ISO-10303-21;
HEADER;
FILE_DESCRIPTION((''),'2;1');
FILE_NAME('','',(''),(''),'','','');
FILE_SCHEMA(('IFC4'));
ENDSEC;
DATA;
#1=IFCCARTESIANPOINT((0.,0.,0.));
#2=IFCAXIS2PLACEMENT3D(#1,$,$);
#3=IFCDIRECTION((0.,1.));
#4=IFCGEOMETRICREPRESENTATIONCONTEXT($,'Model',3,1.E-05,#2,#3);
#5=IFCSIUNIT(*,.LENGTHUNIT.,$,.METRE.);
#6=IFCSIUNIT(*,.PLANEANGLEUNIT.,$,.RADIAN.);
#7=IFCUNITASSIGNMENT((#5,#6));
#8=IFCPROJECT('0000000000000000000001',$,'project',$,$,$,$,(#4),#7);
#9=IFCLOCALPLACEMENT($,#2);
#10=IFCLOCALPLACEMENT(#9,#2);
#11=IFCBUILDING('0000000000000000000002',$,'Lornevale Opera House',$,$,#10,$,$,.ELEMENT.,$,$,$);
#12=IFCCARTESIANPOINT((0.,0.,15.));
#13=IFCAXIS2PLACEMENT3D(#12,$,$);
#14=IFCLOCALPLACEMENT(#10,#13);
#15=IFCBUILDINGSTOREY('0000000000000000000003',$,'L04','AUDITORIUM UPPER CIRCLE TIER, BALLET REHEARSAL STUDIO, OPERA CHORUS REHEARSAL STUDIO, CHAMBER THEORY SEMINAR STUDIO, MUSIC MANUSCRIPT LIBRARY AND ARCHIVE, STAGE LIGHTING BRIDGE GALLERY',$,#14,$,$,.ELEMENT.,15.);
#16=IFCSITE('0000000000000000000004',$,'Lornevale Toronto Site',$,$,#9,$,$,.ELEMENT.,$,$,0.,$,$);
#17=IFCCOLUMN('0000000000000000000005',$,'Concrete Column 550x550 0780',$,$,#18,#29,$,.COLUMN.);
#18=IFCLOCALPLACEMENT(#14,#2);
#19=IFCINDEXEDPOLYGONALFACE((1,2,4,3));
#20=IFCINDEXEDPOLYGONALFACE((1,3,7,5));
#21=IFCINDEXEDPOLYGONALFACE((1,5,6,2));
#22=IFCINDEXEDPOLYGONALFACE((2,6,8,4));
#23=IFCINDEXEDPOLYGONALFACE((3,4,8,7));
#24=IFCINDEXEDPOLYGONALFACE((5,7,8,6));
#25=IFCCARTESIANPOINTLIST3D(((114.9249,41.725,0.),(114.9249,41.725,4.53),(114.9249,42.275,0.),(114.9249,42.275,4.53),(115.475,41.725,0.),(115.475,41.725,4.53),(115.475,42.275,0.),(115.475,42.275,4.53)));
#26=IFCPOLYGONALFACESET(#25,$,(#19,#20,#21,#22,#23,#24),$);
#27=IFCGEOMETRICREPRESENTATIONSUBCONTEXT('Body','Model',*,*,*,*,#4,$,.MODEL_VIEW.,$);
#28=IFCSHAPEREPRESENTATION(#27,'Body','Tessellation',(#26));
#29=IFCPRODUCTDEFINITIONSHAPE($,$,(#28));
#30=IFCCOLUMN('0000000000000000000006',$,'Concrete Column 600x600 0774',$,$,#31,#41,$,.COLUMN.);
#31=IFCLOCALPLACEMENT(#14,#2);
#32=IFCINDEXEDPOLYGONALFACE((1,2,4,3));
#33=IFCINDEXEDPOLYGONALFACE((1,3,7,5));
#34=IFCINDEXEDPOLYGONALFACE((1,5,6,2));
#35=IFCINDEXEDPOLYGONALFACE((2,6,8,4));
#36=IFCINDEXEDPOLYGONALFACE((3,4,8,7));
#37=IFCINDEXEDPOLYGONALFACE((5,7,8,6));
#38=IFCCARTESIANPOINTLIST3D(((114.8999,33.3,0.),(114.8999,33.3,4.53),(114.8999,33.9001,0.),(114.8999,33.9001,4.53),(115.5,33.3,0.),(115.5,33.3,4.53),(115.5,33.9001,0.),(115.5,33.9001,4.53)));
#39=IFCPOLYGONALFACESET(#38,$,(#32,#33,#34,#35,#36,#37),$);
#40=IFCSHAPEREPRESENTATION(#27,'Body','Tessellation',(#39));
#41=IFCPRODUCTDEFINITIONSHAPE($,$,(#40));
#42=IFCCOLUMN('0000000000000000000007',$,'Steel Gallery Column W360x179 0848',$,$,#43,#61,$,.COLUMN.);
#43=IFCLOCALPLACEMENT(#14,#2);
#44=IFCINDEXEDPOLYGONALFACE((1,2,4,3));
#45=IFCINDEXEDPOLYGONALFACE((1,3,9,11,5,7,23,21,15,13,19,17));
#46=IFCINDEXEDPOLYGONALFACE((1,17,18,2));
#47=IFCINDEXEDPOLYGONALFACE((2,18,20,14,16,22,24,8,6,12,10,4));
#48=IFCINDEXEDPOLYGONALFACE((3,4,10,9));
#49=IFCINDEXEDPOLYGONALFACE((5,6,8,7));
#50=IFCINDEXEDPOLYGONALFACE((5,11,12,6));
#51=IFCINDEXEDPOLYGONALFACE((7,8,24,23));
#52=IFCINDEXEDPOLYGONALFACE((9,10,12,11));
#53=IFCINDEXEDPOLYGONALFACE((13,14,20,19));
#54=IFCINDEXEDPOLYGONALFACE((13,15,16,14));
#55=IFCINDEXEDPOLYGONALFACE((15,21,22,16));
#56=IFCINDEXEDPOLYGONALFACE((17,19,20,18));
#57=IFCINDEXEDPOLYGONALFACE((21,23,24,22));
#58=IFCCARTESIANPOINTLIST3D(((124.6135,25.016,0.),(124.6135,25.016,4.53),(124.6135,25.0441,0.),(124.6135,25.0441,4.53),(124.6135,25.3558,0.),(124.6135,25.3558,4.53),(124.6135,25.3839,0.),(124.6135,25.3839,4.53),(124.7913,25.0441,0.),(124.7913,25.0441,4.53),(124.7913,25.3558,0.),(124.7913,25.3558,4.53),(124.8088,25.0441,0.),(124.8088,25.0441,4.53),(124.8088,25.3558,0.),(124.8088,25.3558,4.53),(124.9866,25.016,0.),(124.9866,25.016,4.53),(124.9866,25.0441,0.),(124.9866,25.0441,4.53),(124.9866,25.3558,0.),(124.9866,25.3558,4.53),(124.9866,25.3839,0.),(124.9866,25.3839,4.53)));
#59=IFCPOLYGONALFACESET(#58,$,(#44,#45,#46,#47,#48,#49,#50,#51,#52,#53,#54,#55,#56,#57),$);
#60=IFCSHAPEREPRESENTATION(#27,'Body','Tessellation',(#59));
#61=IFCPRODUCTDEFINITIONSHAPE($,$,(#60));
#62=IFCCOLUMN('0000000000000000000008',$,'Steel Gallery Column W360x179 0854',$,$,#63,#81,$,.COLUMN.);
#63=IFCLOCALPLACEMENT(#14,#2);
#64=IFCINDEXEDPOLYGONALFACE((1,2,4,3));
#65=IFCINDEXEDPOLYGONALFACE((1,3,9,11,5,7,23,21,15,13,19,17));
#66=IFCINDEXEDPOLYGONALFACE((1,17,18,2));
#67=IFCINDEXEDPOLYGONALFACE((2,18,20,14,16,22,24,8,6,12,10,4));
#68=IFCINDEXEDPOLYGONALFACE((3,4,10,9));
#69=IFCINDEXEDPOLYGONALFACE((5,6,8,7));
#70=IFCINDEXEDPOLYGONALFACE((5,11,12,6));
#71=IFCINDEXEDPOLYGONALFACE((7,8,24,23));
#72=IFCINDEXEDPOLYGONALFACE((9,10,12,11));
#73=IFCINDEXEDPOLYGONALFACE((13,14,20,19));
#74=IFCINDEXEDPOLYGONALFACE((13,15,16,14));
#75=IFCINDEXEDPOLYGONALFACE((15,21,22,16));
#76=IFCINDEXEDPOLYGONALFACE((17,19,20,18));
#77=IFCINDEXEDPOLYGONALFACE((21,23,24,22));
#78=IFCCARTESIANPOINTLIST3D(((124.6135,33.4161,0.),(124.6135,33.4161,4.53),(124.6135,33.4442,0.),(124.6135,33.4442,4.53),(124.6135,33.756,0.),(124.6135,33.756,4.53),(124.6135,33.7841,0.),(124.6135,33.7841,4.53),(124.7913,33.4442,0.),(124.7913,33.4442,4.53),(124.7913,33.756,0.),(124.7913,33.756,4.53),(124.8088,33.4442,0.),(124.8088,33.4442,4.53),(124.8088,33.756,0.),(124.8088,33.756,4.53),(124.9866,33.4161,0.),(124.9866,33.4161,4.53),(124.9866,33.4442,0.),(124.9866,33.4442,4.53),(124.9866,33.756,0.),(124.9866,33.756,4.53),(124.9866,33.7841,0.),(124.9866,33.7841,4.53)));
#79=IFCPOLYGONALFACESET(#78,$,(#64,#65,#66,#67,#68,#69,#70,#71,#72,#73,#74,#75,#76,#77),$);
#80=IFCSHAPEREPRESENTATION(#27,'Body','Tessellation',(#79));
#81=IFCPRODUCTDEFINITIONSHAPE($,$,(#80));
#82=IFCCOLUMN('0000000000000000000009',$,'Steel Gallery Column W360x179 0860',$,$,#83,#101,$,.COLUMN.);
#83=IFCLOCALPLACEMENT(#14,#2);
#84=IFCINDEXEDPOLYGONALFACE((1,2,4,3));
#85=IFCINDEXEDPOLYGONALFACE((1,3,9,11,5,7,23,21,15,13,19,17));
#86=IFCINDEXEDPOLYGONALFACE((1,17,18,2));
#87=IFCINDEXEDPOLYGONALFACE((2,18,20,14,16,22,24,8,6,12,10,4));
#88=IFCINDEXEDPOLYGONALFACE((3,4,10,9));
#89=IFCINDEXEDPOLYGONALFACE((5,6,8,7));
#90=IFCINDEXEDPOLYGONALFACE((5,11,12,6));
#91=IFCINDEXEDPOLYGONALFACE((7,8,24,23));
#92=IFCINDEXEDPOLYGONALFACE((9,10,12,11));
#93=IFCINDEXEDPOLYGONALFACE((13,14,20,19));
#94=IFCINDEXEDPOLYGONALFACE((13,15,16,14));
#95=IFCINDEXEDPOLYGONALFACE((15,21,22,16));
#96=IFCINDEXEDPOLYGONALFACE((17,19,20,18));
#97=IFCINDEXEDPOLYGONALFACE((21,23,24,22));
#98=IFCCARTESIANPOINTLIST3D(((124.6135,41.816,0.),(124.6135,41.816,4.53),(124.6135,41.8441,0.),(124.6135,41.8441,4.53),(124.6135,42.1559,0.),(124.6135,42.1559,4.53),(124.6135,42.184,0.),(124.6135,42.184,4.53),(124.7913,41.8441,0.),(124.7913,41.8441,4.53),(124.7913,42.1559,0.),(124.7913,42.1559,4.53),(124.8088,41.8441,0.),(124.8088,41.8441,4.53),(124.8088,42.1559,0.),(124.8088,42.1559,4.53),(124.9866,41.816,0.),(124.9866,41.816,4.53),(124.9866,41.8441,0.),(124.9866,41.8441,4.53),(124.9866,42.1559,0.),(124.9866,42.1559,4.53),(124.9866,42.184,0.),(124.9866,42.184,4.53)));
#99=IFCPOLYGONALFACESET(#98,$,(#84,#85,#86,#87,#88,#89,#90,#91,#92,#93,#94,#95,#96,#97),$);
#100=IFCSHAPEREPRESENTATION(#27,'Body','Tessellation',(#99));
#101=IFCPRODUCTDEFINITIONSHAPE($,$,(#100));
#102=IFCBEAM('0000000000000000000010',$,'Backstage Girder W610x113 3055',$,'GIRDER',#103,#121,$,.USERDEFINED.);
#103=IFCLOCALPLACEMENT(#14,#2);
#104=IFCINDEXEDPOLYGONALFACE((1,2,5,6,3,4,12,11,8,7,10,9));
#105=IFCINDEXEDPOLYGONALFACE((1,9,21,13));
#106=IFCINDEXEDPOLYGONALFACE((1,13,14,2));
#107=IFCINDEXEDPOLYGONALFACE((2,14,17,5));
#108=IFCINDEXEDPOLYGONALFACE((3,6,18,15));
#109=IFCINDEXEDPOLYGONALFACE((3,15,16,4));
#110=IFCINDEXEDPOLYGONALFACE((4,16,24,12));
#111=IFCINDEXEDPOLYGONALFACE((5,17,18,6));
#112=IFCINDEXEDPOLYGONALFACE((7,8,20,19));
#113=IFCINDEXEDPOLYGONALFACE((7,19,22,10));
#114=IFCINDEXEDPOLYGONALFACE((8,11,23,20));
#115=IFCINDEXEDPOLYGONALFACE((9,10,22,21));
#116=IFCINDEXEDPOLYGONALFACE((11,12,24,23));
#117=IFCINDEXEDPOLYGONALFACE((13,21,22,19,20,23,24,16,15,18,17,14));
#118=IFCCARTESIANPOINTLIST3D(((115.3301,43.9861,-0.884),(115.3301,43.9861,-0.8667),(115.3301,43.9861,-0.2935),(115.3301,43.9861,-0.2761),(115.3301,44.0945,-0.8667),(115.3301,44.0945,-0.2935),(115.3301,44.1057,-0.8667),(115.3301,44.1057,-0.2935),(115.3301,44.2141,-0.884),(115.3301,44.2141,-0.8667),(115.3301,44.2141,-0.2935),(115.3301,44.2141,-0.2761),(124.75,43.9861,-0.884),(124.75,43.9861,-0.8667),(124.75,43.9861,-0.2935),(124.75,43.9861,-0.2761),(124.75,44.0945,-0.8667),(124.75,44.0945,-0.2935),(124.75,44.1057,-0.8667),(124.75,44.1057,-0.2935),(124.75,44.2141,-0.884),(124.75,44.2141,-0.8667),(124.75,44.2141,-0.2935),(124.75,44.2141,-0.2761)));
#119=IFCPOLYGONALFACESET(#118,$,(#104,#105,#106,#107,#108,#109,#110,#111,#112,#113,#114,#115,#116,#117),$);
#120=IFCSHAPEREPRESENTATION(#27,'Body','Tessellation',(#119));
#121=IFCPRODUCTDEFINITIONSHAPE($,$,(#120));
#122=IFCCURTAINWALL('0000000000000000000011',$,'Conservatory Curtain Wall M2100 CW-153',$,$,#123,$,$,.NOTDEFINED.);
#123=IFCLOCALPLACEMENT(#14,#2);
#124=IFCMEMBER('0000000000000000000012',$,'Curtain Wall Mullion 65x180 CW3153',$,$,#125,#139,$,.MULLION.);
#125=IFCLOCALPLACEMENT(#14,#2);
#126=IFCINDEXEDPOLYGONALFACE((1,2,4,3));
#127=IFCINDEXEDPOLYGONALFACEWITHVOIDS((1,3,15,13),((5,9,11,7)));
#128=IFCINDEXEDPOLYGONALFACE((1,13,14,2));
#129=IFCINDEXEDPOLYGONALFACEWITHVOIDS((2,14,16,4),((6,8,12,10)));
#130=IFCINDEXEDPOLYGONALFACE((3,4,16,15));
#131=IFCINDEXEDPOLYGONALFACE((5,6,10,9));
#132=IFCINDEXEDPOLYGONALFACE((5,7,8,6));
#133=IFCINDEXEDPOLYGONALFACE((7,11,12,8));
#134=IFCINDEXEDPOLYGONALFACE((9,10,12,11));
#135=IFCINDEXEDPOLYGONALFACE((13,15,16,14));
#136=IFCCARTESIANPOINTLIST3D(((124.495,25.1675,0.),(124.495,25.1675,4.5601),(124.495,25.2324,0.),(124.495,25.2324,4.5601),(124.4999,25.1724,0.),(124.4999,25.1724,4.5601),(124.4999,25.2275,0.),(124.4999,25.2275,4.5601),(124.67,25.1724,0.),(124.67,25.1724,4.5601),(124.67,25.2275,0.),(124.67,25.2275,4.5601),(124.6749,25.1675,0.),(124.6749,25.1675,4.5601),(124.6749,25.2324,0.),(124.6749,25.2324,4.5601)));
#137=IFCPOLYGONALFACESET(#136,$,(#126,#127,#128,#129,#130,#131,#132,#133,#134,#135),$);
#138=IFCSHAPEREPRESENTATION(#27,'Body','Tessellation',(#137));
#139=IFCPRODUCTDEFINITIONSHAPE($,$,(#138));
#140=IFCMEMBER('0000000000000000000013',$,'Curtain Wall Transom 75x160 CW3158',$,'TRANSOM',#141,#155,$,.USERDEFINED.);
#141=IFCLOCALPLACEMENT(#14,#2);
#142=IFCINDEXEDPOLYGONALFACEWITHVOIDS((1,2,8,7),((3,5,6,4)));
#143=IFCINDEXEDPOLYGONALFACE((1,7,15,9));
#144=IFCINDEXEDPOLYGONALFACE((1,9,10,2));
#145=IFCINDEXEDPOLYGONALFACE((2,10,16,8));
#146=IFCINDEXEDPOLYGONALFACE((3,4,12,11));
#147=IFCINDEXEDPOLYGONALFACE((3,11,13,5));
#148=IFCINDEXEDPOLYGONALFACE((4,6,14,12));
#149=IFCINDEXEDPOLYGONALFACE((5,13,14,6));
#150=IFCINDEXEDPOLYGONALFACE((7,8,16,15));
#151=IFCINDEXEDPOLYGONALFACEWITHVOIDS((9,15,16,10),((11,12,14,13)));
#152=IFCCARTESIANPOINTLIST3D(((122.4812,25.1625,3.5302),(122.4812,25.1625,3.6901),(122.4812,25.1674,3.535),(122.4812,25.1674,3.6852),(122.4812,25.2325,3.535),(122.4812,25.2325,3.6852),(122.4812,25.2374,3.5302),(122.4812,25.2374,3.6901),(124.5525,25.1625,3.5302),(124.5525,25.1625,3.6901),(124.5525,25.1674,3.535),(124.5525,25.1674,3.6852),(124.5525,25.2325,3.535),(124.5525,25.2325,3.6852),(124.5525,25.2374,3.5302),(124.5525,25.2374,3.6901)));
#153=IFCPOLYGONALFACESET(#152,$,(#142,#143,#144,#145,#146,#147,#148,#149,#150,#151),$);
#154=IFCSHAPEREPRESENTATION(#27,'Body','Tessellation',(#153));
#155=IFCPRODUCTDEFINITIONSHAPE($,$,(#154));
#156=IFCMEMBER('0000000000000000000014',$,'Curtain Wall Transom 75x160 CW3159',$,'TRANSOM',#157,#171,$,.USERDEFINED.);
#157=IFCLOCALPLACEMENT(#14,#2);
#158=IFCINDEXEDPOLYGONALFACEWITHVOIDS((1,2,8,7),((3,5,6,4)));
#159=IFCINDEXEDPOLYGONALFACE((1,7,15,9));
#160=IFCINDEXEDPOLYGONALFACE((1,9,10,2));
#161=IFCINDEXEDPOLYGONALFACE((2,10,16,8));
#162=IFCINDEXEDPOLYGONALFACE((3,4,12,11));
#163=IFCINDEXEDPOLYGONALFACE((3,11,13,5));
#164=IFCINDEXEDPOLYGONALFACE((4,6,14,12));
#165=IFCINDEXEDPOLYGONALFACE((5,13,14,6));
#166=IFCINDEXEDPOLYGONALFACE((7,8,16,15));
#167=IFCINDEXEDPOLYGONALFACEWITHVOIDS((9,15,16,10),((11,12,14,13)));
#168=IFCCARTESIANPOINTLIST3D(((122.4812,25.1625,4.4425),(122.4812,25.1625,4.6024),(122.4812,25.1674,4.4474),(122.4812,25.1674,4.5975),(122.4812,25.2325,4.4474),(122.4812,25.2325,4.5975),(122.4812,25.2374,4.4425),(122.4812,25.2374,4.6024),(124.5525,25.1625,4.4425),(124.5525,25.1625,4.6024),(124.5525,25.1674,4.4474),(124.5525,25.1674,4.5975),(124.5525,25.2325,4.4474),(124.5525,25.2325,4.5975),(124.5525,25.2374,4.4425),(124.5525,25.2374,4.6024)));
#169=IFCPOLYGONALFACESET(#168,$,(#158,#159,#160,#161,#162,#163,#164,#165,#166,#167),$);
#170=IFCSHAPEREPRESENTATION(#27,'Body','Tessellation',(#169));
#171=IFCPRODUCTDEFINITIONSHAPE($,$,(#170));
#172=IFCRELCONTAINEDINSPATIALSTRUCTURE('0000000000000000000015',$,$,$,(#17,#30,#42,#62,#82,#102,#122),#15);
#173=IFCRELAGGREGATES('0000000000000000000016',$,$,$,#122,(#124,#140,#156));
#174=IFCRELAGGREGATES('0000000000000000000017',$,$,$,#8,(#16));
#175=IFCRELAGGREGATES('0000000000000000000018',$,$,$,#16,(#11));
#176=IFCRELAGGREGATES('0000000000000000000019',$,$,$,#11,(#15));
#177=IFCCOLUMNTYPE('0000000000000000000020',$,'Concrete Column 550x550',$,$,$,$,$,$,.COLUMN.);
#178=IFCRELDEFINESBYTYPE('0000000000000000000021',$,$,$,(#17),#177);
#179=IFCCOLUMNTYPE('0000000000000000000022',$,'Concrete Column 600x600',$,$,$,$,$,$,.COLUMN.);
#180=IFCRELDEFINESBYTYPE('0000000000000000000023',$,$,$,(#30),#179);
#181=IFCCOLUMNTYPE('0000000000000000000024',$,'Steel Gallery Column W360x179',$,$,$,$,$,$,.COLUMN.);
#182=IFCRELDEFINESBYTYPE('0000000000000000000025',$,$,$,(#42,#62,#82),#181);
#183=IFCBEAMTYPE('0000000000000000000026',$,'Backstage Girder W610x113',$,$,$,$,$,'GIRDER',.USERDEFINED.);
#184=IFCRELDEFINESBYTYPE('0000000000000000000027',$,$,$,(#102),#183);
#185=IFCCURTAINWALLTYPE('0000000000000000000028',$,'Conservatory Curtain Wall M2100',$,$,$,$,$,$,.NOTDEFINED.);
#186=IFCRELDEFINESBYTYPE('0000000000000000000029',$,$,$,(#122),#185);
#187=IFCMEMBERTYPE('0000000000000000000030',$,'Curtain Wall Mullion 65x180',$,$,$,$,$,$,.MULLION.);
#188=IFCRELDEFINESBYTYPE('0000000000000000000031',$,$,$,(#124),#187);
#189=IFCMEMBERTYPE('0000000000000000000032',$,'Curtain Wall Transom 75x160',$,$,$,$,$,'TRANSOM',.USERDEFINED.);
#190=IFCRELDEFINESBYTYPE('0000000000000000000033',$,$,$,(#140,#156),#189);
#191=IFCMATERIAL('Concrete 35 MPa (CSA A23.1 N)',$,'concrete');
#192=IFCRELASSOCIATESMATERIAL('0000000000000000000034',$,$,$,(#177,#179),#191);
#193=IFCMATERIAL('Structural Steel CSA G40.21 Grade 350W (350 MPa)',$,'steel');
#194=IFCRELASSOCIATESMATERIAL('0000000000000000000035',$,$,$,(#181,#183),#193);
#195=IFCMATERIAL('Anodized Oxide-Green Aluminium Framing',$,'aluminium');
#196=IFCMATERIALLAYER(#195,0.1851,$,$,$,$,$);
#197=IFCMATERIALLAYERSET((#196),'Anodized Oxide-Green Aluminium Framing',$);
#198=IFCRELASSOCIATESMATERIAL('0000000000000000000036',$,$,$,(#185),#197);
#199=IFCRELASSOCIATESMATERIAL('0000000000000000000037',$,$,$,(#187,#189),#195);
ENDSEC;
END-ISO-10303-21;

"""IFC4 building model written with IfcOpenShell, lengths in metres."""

from ifc_helpers import new_model, si_unit, direction, frame, origin, origin_2d, place, context, subcontext, project, spatial, rectangle, hollow_rectangle, i_section, extrude, material, layer, layer_set, material_profile, profile_set, type_object, element, aggregate, save


model = new_model("IFC4")

# Units and contexts
model_context = context("Model", 3, precision=1e-05, world=origin(), true_north=direction((0.0, 1.0)))
body_context = subcontext(model_context, "Body", "Model", "MODEL_VIEW")
ifc_project = project(units=[si_unit("LENGTHUNIT", "METRE"), si_unit("PLANEANGLEUNIT", "RADIAN")], contexts=[model_context])

# Site, building, storey
site_placement = place(None, origin())
site = spatial("IfcSite", under=ifc_project, at=site_placement, Name="Lornevale Toronto Site", CompositionType="ELEMENT", RefElevation=0.0)
building_placement = place(site_placement, origin())
building = spatial("IfcBuilding", under=site, at=building_placement, Name="Lornevale Opera House", CompositionType="ELEMENT")
storey_placement = place(building_placement, frame((0.0, 0.0, 15.0)))
storey = spatial("IfcBuildingStorey", under=building, at=storey_placement, Name="L04", Description="AUDITORIUM UPPER CIRCLE TIER, BALLET REHEARSAL STUDIO, OPERA CHORUS REHEARSAL STUDIO, CHAMBER THEORY SEMINAR STUDIO, MUSIC MANUSCRIPT LIBRARY AND ARCHIVE, STAGE LIGHTING BRIDGE GALLERY", CompositionType="ELEMENT", Elevation=15.0)

# Columns
ifc_material_1 = material(Name="Concrete 35 MPa (CSA A23.1 N)", Category="concrete")
ifc_material_profile_1 = material_profile(ifc_material_1, rectangle(XDim=0.55, YDim=0.55, at=origin_2d()), Name="RC550x550")
ifc_profile_set_1 = profile_set([ifc_material_profile_1], Name="Concrete 35 MPa (CSA A23.1 N)")
column_type_1 = type_object("IfcColumnType", Name="Concrete Column 550x550", PredefinedType="COLUMN", material=ifc_profile_set_1)
column_1_placement = place(storey_placement, frame((115.2, 42.0, 0.0), z_axis=(0.0, 0.0, 1.0), x_axis=(1.0, 0.0, 0.0)))
element("IfcColumn", 1, at=column_1_placement, inside=storey, type_object=column_type_1, Name="Concrete Column 550x550 0780", PredefinedType="COLUMN", context=body_context, shape_type="SweptSolid", body=[
    extrude(rectangle(XDim=0.55, YDim=0.55, at=origin_2d()), origin(), (0.0, 0.0, 1.0), 4.53),
])
ifc_material_profile_2 = material_profile(ifc_material_1, rectangle(XDim=0.6001, YDim=0.6001, at=origin_2d()), Name="RC600x600")
ifc_profile_set_2 = profile_set([ifc_material_profile_2], Name="Concrete 35 MPa (CSA A23.1 N)")
column_type_2 = type_object("IfcColumnType", Name="Concrete Column 600x600", PredefinedType="COLUMN", material=ifc_profile_set_2)
column_2_placement = place(storey_placement, frame((115.2, 33.6001, 0.0), z_axis=(0.0, 0.0, 1.0), x_axis=(1.0, 0.0, 0.0)))
element("IfcColumn", 2, at=column_2_placement, inside=storey, type_object=column_type_2, Name="Concrete Column 600x600 0774", PredefinedType="COLUMN", context=body_context, shape_type="SweptSolid", body=[
    extrude(rectangle(XDim=0.6001, YDim=0.6001, at=origin_2d()), origin(), (0.0, 0.0, 1.0), 4.53),
])
ifc_material_2 = material(Name="Structural Steel CSA G40.21 Grade 350W (350 MPa)", Category="steel")
ifc_material_profile_3 = material_profile(ifc_material_2, i_section(OverallWidth=0.373, OverallDepth=0.3679, WebThickness=0.0176, FlangeThickness=0.0281, at=origin_2d()), Name="W360x179")
ifc_profile_set_3 = profile_set([ifc_material_profile_3], Name="Structural Steel CSA G40.21 Grade 350W (350 MPa)")
column_type_3 = type_object("IfcColumnType", Name="Steel Gallery Column W360x179", PredefinedType="COLUMN", material=ifc_profile_set_3)
for number, where, z_axis, x_axis, name in (
    (3, (124.8, 25.2, 0.0), (0.0, 0.0, 1.0), (1.0, 0.0, 0.0), "Steel Gallery Column W360x179 0848"),
    (4, (124.8, 33.6001, 0.0), (0.0, 0.0, 1.0), (1.0, 0.0, 0.0), "Steel Gallery Column W360x179 0854"),
    (5, (124.8, 42.0, 0.0), (0.0, 0.0, 1.0), (1.0, 0.0, 0.0), "Steel Gallery Column W360x179 0860"),
):
    element("IfcColumn", number, at=place(storey_placement, frame(where, z_axis=z_axis, x_axis=x_axis)), inside=storey, type_object=column_type_3, Name=name, PredefinedType="COLUMN", context=body_context, shape_type="SweptSolid", body=[
        extrude(i_section(OverallWidth=0.373, OverallDepth=0.3679, WebThickness=0.0176, FlangeThickness=0.0281, at=origin_2d()), origin(), (0.0, 0.0, 1.0), 4.53),
    ])

# Beam
ifc_material_profile_4 = material_profile(ifc_material_2, i_section(OverallWidth=0.228, OverallDepth=0.6079, WebThickness=0.0112, FlangeThickness=0.0173, at=origin_2d()), Name="W610x113")
ifc_profile_set_4 = profile_set([ifc_material_profile_4], Name="Structural Steel CSA G40.21 Grade 350W (350 MPa)")
beam_type_1 = type_object("IfcBeamType", Name="Backstage Girder W610x113", ElementType="GIRDER", PredefinedType="USERDEFINED", material=ifc_profile_set_4)
beam_1_placement = place(storey_placement, frame((115.3301, 44.1001, -0.5801), z_axis=(1.0, 0.0, 0.0), x_axis=(0.0, 1.0, 0.0)))
element("IfcBeam", 6, at=beam_1_placement, inside=storey, type_object=beam_type_1, Name="Backstage Girder W610x113 3055", ObjectType="GIRDER", PredefinedType="USERDEFINED", context=body_context, shape_type="SweptSolid", body=[
    extrude(i_section(OverallWidth=0.228, OverallDepth=0.6079, WebThickness=0.0112, FlangeThickness=0.0173, at=origin_2d()), origin(), (0.0, 0.0, 1.0), 9.4199),
])

# Curtain wall, members
ifc_material_3 = material(Name="Anodized Oxide-Green Aluminium Framing", Category="aluminium")
ifc_layer_1 = layer(ifc_material_3, 0.1851)
ifc_layer_set_1 = layer_set([ifc_layer_1], Name="Anodized Oxide-Green Aluminium Framing")
curtain_wall_type = type_object("IfcCurtainWallType", Name="Conservatory Curtain Wall M2100", PredefinedType="NOTDEFINED", material=ifc_layer_set_1)
curtain_wall_placement = place(storey_placement, origin())
curtain_wall = element("IfcCurtainWall", 7, at=curtain_wall_placement, inside=storey, type_object=curtain_wall_type, Name="Conservatory Curtain Wall M2100 CW-153", PredefinedType="NOTDEFINED")
ifc_material_profile_5 = material_profile(ifc_material_3, hollow_rectangle(XDim=0.0649, YDim=0.1799, WallThickness=0.0049, at=origin_2d()), Name="ALU65x180x5")
ifc_profile_set_5 = profile_set([ifc_material_profile_5], Name="Anodized Oxide-Green Aluminium Framing")
member_type_1 = type_object("IfcMemberType", Name="Curtain Wall Mullion 65x180", PredefinedType="MULLION", material=ifc_profile_set_5)
member_1_placement = place(storey_placement, frame((124.585, 25.2, 0.0), z_axis=(0.0, 0.0, 1.0), x_axis=(0.0, -1.0, 0.0)))
member_1 = element("IfcMember", 8, at=member_1_placement, type_object=member_type_1, Name="Curtain Wall Mullion 65x180 CW3153", PredefinedType="MULLION", context=body_context, shape_type="SweptSolid", body=[
    extrude(hollow_rectangle(XDim=0.0649, YDim=0.1799, WallThickness=0.0049, at=origin_2d()), origin(), (0.0, 0.0, 1.0), 4.5601),
])
ifc_material_profile_6 = material_profile(ifc_material_3, hollow_rectangle(XDim=0.075, YDim=0.1599, WallThickness=0.0049, at=origin_2d()), Name="ALU75x160x5")
ifc_profile_set_6 = profile_set([ifc_material_profile_6], Name="Anodized Oxide-Green Aluminium Framing")
member_type_2 = type_object("IfcMemberType", Name="Curtain Wall Transom 75x160", ElementType="TRANSOM", PredefinedType="USERDEFINED", material=ifc_profile_set_6)
member_2_placement = place(storey_placement, frame((124.5525, 25.2, 3.6101), z_axis=(-1.0, 0.0, 0.0), x_axis=(0.0, -1.0, 0.0)))
member_2 = element("IfcMember", 9, at=member_2_placement, type_object=member_type_2, Name="Curtain Wall Transom 75x160 CW3158", ObjectType="TRANSOM", PredefinedType="USERDEFINED", context=body_context, shape_type="SweptSolid", body=[
    extrude(hollow_rectangle(XDim=0.075, YDim=0.1599, WallThickness=0.0049, at=origin_2d()), origin(), (0.0, 0.0, 1.0), 2.0713),
])
member_3_placement = place(storey_placement, frame((124.5525, 25.2, 4.5225), z_axis=(-1.0, 0.0, 0.0), x_axis=(0.0, -1.0, 0.0)))
member_3 = element("IfcMember", 10, at=member_3_placement, type_object=member_type_2, Name="Curtain Wall Transom 75x160 CW3159", ObjectType="TRANSOM", PredefinedType="USERDEFINED", context=body_context, shape_type="SweptSolid", body=[
    extrude(hollow_rectangle(XDim=0.075, YDim=0.1599, WallThickness=0.0049, at=origin_2d()), origin(), (0.0, 0.0, 1.0), 2.0713),
])
aggregate(curtain_wall, [member_1, member_2, member_3])

save(model, "model.ifc")
